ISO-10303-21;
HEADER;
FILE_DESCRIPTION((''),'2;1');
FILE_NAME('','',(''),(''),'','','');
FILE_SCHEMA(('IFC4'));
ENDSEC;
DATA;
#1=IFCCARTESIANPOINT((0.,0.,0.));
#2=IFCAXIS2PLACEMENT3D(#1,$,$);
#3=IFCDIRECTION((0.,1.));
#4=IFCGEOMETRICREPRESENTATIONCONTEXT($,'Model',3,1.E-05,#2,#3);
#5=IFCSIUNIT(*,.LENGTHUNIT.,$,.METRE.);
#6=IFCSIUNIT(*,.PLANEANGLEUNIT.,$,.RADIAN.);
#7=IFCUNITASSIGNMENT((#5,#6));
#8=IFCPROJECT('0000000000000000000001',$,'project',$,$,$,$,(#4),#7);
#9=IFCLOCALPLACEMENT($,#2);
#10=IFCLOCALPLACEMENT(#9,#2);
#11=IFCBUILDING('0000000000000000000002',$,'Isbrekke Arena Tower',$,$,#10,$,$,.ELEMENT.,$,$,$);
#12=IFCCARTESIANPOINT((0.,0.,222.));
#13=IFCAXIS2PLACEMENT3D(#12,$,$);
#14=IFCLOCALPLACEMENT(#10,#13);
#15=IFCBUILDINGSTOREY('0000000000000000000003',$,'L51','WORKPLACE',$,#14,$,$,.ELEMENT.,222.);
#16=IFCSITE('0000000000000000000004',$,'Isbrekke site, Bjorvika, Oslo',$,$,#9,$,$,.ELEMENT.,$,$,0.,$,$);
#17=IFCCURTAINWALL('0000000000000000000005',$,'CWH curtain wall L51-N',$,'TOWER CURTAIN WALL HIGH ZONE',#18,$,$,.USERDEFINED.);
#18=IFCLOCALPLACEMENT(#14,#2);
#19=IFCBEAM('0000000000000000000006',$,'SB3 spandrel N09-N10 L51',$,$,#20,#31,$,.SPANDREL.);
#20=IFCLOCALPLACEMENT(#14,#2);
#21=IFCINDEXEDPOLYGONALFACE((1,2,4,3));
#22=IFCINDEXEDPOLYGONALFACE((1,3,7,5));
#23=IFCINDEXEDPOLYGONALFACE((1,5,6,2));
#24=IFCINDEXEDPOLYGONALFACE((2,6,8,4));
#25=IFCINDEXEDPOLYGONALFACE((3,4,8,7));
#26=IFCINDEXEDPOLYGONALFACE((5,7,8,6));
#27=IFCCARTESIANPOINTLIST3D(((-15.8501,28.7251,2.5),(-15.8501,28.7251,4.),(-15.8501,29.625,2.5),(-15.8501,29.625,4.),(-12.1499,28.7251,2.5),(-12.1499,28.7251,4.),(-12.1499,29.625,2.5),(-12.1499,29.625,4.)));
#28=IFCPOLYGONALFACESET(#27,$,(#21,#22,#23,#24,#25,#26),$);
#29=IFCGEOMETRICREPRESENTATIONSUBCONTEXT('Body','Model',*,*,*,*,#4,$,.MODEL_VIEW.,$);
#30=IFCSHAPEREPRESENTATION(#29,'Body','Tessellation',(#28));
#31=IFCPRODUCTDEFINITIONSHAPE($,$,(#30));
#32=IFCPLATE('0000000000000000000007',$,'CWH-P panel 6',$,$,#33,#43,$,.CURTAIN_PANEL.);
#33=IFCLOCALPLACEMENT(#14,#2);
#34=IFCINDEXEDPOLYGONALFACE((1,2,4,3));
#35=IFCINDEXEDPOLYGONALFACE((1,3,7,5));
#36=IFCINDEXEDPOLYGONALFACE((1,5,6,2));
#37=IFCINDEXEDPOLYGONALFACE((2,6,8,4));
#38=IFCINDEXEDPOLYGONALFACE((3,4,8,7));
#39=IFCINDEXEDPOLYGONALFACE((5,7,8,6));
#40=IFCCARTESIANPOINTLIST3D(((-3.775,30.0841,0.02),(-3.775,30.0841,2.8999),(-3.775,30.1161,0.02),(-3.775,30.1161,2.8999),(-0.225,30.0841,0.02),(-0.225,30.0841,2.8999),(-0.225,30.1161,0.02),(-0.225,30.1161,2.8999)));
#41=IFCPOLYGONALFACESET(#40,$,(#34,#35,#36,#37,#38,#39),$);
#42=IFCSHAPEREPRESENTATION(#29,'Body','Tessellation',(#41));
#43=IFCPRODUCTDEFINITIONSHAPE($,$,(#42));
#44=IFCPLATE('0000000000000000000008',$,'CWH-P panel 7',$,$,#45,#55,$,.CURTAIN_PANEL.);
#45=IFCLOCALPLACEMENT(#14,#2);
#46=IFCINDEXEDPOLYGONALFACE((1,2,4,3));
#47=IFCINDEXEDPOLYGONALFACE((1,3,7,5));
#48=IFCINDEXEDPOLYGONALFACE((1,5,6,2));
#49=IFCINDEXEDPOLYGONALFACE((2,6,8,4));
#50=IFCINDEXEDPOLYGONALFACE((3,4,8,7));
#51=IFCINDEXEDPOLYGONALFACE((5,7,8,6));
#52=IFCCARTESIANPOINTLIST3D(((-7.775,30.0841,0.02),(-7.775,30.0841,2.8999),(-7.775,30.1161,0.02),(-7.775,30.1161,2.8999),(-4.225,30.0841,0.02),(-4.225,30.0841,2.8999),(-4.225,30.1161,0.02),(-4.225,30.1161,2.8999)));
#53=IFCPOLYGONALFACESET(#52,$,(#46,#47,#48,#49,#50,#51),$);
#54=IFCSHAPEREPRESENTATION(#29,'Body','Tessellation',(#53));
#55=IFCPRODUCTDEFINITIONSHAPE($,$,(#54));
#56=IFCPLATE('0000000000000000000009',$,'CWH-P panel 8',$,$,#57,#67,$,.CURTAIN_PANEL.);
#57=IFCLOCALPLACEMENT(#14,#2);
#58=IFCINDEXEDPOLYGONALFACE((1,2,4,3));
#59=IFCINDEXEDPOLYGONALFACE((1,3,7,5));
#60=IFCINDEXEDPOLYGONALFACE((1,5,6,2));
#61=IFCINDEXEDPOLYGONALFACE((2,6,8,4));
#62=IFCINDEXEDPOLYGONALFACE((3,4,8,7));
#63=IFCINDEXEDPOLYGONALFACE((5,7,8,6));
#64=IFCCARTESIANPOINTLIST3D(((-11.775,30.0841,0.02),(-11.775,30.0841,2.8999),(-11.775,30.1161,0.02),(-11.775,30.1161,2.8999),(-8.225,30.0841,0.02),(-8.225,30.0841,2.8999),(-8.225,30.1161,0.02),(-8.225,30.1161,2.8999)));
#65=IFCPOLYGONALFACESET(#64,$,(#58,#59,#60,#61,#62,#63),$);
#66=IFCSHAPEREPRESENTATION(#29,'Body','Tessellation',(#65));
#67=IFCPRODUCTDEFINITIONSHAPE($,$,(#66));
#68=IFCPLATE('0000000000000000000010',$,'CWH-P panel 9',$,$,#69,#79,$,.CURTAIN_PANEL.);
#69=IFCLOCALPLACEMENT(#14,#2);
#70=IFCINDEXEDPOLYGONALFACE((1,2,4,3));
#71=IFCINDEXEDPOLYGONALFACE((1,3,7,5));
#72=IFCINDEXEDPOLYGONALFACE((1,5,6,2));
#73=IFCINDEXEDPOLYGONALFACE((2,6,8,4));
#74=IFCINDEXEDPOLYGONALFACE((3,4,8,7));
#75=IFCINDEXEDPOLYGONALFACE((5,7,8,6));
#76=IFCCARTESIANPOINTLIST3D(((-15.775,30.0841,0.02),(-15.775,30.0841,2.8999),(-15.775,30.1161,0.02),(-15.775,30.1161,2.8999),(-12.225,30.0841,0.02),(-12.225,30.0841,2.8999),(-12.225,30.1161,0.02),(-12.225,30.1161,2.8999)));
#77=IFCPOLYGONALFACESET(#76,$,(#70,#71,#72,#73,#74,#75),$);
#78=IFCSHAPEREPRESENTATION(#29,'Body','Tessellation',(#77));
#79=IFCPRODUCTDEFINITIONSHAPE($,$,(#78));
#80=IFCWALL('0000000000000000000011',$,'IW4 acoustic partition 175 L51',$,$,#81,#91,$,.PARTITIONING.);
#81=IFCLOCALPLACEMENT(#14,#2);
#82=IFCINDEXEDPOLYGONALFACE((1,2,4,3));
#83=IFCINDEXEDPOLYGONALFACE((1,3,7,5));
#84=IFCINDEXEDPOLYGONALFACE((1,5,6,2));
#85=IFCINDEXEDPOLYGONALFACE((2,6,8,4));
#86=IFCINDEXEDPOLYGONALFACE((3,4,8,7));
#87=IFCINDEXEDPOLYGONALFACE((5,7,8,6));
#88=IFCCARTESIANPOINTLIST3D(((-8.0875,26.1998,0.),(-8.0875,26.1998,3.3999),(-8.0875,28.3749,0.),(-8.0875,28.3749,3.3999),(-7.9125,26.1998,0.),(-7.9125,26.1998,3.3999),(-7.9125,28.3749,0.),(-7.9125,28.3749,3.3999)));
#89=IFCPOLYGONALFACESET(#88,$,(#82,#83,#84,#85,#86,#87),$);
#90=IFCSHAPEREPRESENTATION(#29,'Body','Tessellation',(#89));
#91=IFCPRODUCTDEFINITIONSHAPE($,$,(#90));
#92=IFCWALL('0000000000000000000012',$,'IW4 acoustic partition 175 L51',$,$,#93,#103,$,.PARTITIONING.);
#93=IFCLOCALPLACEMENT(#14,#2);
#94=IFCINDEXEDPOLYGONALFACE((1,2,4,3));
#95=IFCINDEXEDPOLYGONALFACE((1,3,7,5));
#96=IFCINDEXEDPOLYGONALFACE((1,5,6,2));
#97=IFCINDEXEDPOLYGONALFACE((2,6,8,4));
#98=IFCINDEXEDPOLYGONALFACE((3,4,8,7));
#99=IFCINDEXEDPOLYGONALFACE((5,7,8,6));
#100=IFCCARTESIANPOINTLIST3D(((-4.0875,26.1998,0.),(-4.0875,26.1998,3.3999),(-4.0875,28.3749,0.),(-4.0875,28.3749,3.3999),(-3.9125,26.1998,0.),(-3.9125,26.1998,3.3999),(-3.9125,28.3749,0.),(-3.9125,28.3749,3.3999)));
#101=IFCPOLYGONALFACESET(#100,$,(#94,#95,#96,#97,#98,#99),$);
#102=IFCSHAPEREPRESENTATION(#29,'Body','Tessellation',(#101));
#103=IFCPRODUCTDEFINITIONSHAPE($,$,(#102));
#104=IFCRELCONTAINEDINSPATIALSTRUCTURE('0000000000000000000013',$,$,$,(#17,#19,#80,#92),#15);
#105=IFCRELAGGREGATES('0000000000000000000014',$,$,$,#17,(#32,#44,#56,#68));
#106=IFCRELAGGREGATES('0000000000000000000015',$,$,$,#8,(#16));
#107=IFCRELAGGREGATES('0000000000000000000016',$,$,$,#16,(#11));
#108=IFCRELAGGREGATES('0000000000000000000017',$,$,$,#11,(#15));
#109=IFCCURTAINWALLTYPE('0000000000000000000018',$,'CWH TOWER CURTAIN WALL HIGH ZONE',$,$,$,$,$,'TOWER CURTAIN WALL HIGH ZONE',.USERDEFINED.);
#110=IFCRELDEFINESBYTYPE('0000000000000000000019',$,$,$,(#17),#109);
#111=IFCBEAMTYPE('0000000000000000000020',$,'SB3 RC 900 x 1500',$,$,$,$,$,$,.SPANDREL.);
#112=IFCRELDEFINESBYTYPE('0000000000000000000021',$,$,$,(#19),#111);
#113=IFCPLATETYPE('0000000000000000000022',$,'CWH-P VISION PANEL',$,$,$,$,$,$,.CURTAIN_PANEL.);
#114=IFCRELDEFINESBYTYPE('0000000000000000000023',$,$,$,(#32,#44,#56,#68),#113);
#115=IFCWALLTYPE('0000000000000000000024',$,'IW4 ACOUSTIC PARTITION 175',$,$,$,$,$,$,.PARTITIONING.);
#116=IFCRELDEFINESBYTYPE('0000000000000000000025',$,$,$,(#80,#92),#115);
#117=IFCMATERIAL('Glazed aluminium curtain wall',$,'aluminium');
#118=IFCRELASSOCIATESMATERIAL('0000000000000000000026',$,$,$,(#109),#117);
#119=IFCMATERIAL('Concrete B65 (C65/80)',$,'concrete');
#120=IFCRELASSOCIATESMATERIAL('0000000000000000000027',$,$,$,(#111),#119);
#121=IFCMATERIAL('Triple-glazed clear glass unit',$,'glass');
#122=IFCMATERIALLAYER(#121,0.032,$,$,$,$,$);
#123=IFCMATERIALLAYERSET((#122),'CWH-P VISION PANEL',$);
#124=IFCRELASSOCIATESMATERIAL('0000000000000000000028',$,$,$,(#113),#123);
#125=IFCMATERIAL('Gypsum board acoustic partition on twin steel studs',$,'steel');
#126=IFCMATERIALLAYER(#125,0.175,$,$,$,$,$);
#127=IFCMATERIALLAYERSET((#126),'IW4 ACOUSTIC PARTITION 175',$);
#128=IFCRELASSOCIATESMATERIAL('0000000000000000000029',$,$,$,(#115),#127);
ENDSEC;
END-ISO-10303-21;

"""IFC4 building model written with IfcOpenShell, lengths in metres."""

from ifc_helpers import new_model, si_unit, direction, frame, frame_2d, origin, origin_2d, place, context, subcontext, project, spatial, rectangle, extrude, material, layer, layer_set, material_profile, profile_set, type_object, element, aggregate, save


model = new_model("IFC4")

# Units and contexts
model_context = context("Model", 3, precision=1e-05, world=origin(), true_north=direction((0.0, 1.0)))
body_context = subcontext(model_context, "Body", "Model", "MODEL_VIEW")
ifc_project = project(units=[si_unit("LENGTHUNIT", "METRE"), si_unit("PLANEANGLEUNIT", "RADIAN")], contexts=[model_context])

# Site, building, storey
site_placement = place(None, origin())
site = spatial("IfcSite", under=ifc_project, at=site_placement, Name="Isbrekke site, Bjorvika, Oslo", CompositionType="ELEMENT", RefElevation=0.0)
building_placement = place(site_placement, origin())
building = spatial("IfcBuilding", under=site, at=building_placement, Name="Isbrekke Arena Tower", CompositionType="ELEMENT")
storey_placement = place(building_placement, frame((0.0, 0.0, 222.0)))
storey = spatial("IfcBuildingStorey", under=building, at=storey_placement, Name="L51", Description="WORKPLACE", CompositionType="ELEMENT", Elevation=222.0)

# Curtain wall
ifc_material_1 = material(Name="Glazed aluminium curtain wall", Category="aluminium")
curtain_wall_type = type_object("IfcCurtainWallType", Name="CWH TOWER CURTAIN WALL HIGH ZONE", ElementType="TOWER CURTAIN WALL HIGH ZONE", PredefinedType="USERDEFINED", material=ifc_material_1)
curtain_wall_placement = place(storey_placement, origin())
curtain_wall = element("IfcCurtainWall", 1, at=curtain_wall_placement, inside=storey, type_object=curtain_wall_type, Name="CWH curtain wall L51-N", ObjectType="TOWER CURTAIN WALL HIGH ZONE", PredefinedType="USERDEFINED")

# Beam
ifc_material_2 = material(Name="Concrete B65 (C65/80)", Category="concrete")
ifc_material_profile_1 = material_profile(ifc_material_2, rectangle(XDim=0.8999, YDim=1.5, at=origin_2d()), Name="RC 900x1500")
ifc_profile_set_1 = profile_set([ifc_material_profile_1], Name="Concrete B65 (C65/80)")
beam_type_1 = type_object("IfcBeamType", Name="SB3 RC 900 x 1500", PredefinedType="SPANDREL", material=ifc_profile_set_1)
for number, where, z_axis, x_axis, name in (
    (2, (-12.1499, 29.175, 3.25), (-1.0, 0.0, 0.0), (0.0, -1.0, 0.0), "SB3 spandrel N09-N10 L51"),
):
    element("IfcBeam", number, at=place(storey_placement, frame(where, z_axis=z_axis, x_axis=x_axis)), inside=storey, type_object=beam_type_1, Name=name, PredefinedType="SPANDREL", context=body_context, shape_type="SweptSolid", body=[
        extrude(rectangle(XDim=0.8999, YDim=1.5, at=origin_2d()), origin(), (0.0, 0.0, 1.0), 3.7002),
    ])

# Plates
ifc_material_3 = material(Name="Triple-glazed clear glass unit", Category="glass")
ifc_layer_1 = layer(ifc_material_3, 0.032)
ifc_layer_set_1 = layer_set([ifc_layer_1], Name="CWH-P VISION PANEL")
plate_type = type_object("IfcPlateType", Name="CWH-P VISION PANEL", PredefinedType="CURTAIN_PANEL", material=ifc_layer_set_1)
plate_1_placement = place(storey_placement, frame((-2.0, 30.1001, 0.02), z_axis=(0.0, 0.0, 1.0), x_axis=(-1.0, 0.0, 0.0)))
plate_1 = element("IfcPlate", 3, at=plate_1_placement, type_object=plate_type, Name="CWH-P panel 6", PredefinedType="CURTAIN_PANEL", context=body_context, shape_type="SweptSolid", body=[
    extrude(rectangle(XDim=3.55, YDim=0.032, at=origin_2d()), origin(), (0.0, 0.0, 1.0), 2.8799),
])
plate_2_placement = place(storey_placement, frame((-6.0, 30.1001, 0.02), z_axis=(0.0, 0.0, 1.0), x_axis=(-1.0, 0.0, 0.0)))
plate_2 = element("IfcPlate", 4, at=plate_2_placement, type_object=plate_type, Name="CWH-P panel 7", PredefinedType="CURTAIN_PANEL", context=body_context, shape_type="SweptSolid", body=[
    extrude(rectangle(XDim=3.55, YDim=0.032, at=origin_2d()), origin(), (0.0, 0.0, 1.0), 2.8799),
])
plate_3_placement = place(storey_placement, frame((-10.0, 30.1001, 0.02), z_axis=(0.0, 0.0, 1.0), x_axis=(-1.0, 0.0, 0.0)))
plate_3 = element("IfcPlate", 5, at=plate_3_placement, type_object=plate_type, Name="CWH-P panel 8", PredefinedType="CURTAIN_PANEL", context=body_context, shape_type="SweptSolid", body=[
    extrude(rectangle(XDim=3.55, YDim=0.032, at=origin_2d()), origin(), (0.0, 0.0, 1.0), 2.8799),
])
plate_4_placement = place(storey_placement, frame((-14.0, 30.1001, 0.02), z_axis=(0.0, 0.0, 1.0), x_axis=(-1.0, 0.0, 0.0)))
plate_4 = element("IfcPlate", 6, at=plate_4_placement, type_object=plate_type, Name="CWH-P panel 9", PredefinedType="CURTAIN_PANEL", context=body_context, shape_type="SweptSolid", body=[
    extrude(rectangle(XDim=3.55, YDim=0.032, at=origin_2d()), origin(), (0.0, 0.0, 1.0), 2.8799),
])
aggregate(curtain_wall, [plate_1, plate_2, plate_3, plate_4])

# Walls
ifc_material_4 = material(Name="Gypsum board acoustic partition on twin steel studs", Category="steel")
ifc_layer_2 = layer(ifc_material_4, 0.175)
ifc_layer_set_2 = layer_set([ifc_layer_2], Name="IW4 ACOUSTIC PARTITION 175")
wall_type = type_object("IfcWallType", Name="IW4 ACOUSTIC PARTITION 175", PredefinedType="PARTITIONING", material=ifc_layer_set_2)
for number, where, z_axis, x_axis, name in (
    (7, (-8.0, 26.2, 0.0), (0.0, 0.0, 1.0), (0.0, 1.0, 0.0), "IW4 acoustic partition 175 L51"),
    (8, (-4.0, 26.2, 0.0), (0.0, 0.0, 1.0), (0.0, 1.0, 0.0), "IW4 acoustic partition 175 L51"),
):
    element("IfcWall", number, at=place(storey_placement, frame(where, z_axis=z_axis, x_axis=x_axis)), inside=storey, type_object=wall_type, Name=name, PredefinedType="PARTITIONING", context=body_context, shape_type="SweptSolid", body=[
        extrude(rectangle(XDim=2.175, YDim=0.175, at=frame_2d((1.0874, 0.0))), origin(), (0.0, 0.0, 1.0), 3.3999),
    ])

save(model, "model.ifc")
